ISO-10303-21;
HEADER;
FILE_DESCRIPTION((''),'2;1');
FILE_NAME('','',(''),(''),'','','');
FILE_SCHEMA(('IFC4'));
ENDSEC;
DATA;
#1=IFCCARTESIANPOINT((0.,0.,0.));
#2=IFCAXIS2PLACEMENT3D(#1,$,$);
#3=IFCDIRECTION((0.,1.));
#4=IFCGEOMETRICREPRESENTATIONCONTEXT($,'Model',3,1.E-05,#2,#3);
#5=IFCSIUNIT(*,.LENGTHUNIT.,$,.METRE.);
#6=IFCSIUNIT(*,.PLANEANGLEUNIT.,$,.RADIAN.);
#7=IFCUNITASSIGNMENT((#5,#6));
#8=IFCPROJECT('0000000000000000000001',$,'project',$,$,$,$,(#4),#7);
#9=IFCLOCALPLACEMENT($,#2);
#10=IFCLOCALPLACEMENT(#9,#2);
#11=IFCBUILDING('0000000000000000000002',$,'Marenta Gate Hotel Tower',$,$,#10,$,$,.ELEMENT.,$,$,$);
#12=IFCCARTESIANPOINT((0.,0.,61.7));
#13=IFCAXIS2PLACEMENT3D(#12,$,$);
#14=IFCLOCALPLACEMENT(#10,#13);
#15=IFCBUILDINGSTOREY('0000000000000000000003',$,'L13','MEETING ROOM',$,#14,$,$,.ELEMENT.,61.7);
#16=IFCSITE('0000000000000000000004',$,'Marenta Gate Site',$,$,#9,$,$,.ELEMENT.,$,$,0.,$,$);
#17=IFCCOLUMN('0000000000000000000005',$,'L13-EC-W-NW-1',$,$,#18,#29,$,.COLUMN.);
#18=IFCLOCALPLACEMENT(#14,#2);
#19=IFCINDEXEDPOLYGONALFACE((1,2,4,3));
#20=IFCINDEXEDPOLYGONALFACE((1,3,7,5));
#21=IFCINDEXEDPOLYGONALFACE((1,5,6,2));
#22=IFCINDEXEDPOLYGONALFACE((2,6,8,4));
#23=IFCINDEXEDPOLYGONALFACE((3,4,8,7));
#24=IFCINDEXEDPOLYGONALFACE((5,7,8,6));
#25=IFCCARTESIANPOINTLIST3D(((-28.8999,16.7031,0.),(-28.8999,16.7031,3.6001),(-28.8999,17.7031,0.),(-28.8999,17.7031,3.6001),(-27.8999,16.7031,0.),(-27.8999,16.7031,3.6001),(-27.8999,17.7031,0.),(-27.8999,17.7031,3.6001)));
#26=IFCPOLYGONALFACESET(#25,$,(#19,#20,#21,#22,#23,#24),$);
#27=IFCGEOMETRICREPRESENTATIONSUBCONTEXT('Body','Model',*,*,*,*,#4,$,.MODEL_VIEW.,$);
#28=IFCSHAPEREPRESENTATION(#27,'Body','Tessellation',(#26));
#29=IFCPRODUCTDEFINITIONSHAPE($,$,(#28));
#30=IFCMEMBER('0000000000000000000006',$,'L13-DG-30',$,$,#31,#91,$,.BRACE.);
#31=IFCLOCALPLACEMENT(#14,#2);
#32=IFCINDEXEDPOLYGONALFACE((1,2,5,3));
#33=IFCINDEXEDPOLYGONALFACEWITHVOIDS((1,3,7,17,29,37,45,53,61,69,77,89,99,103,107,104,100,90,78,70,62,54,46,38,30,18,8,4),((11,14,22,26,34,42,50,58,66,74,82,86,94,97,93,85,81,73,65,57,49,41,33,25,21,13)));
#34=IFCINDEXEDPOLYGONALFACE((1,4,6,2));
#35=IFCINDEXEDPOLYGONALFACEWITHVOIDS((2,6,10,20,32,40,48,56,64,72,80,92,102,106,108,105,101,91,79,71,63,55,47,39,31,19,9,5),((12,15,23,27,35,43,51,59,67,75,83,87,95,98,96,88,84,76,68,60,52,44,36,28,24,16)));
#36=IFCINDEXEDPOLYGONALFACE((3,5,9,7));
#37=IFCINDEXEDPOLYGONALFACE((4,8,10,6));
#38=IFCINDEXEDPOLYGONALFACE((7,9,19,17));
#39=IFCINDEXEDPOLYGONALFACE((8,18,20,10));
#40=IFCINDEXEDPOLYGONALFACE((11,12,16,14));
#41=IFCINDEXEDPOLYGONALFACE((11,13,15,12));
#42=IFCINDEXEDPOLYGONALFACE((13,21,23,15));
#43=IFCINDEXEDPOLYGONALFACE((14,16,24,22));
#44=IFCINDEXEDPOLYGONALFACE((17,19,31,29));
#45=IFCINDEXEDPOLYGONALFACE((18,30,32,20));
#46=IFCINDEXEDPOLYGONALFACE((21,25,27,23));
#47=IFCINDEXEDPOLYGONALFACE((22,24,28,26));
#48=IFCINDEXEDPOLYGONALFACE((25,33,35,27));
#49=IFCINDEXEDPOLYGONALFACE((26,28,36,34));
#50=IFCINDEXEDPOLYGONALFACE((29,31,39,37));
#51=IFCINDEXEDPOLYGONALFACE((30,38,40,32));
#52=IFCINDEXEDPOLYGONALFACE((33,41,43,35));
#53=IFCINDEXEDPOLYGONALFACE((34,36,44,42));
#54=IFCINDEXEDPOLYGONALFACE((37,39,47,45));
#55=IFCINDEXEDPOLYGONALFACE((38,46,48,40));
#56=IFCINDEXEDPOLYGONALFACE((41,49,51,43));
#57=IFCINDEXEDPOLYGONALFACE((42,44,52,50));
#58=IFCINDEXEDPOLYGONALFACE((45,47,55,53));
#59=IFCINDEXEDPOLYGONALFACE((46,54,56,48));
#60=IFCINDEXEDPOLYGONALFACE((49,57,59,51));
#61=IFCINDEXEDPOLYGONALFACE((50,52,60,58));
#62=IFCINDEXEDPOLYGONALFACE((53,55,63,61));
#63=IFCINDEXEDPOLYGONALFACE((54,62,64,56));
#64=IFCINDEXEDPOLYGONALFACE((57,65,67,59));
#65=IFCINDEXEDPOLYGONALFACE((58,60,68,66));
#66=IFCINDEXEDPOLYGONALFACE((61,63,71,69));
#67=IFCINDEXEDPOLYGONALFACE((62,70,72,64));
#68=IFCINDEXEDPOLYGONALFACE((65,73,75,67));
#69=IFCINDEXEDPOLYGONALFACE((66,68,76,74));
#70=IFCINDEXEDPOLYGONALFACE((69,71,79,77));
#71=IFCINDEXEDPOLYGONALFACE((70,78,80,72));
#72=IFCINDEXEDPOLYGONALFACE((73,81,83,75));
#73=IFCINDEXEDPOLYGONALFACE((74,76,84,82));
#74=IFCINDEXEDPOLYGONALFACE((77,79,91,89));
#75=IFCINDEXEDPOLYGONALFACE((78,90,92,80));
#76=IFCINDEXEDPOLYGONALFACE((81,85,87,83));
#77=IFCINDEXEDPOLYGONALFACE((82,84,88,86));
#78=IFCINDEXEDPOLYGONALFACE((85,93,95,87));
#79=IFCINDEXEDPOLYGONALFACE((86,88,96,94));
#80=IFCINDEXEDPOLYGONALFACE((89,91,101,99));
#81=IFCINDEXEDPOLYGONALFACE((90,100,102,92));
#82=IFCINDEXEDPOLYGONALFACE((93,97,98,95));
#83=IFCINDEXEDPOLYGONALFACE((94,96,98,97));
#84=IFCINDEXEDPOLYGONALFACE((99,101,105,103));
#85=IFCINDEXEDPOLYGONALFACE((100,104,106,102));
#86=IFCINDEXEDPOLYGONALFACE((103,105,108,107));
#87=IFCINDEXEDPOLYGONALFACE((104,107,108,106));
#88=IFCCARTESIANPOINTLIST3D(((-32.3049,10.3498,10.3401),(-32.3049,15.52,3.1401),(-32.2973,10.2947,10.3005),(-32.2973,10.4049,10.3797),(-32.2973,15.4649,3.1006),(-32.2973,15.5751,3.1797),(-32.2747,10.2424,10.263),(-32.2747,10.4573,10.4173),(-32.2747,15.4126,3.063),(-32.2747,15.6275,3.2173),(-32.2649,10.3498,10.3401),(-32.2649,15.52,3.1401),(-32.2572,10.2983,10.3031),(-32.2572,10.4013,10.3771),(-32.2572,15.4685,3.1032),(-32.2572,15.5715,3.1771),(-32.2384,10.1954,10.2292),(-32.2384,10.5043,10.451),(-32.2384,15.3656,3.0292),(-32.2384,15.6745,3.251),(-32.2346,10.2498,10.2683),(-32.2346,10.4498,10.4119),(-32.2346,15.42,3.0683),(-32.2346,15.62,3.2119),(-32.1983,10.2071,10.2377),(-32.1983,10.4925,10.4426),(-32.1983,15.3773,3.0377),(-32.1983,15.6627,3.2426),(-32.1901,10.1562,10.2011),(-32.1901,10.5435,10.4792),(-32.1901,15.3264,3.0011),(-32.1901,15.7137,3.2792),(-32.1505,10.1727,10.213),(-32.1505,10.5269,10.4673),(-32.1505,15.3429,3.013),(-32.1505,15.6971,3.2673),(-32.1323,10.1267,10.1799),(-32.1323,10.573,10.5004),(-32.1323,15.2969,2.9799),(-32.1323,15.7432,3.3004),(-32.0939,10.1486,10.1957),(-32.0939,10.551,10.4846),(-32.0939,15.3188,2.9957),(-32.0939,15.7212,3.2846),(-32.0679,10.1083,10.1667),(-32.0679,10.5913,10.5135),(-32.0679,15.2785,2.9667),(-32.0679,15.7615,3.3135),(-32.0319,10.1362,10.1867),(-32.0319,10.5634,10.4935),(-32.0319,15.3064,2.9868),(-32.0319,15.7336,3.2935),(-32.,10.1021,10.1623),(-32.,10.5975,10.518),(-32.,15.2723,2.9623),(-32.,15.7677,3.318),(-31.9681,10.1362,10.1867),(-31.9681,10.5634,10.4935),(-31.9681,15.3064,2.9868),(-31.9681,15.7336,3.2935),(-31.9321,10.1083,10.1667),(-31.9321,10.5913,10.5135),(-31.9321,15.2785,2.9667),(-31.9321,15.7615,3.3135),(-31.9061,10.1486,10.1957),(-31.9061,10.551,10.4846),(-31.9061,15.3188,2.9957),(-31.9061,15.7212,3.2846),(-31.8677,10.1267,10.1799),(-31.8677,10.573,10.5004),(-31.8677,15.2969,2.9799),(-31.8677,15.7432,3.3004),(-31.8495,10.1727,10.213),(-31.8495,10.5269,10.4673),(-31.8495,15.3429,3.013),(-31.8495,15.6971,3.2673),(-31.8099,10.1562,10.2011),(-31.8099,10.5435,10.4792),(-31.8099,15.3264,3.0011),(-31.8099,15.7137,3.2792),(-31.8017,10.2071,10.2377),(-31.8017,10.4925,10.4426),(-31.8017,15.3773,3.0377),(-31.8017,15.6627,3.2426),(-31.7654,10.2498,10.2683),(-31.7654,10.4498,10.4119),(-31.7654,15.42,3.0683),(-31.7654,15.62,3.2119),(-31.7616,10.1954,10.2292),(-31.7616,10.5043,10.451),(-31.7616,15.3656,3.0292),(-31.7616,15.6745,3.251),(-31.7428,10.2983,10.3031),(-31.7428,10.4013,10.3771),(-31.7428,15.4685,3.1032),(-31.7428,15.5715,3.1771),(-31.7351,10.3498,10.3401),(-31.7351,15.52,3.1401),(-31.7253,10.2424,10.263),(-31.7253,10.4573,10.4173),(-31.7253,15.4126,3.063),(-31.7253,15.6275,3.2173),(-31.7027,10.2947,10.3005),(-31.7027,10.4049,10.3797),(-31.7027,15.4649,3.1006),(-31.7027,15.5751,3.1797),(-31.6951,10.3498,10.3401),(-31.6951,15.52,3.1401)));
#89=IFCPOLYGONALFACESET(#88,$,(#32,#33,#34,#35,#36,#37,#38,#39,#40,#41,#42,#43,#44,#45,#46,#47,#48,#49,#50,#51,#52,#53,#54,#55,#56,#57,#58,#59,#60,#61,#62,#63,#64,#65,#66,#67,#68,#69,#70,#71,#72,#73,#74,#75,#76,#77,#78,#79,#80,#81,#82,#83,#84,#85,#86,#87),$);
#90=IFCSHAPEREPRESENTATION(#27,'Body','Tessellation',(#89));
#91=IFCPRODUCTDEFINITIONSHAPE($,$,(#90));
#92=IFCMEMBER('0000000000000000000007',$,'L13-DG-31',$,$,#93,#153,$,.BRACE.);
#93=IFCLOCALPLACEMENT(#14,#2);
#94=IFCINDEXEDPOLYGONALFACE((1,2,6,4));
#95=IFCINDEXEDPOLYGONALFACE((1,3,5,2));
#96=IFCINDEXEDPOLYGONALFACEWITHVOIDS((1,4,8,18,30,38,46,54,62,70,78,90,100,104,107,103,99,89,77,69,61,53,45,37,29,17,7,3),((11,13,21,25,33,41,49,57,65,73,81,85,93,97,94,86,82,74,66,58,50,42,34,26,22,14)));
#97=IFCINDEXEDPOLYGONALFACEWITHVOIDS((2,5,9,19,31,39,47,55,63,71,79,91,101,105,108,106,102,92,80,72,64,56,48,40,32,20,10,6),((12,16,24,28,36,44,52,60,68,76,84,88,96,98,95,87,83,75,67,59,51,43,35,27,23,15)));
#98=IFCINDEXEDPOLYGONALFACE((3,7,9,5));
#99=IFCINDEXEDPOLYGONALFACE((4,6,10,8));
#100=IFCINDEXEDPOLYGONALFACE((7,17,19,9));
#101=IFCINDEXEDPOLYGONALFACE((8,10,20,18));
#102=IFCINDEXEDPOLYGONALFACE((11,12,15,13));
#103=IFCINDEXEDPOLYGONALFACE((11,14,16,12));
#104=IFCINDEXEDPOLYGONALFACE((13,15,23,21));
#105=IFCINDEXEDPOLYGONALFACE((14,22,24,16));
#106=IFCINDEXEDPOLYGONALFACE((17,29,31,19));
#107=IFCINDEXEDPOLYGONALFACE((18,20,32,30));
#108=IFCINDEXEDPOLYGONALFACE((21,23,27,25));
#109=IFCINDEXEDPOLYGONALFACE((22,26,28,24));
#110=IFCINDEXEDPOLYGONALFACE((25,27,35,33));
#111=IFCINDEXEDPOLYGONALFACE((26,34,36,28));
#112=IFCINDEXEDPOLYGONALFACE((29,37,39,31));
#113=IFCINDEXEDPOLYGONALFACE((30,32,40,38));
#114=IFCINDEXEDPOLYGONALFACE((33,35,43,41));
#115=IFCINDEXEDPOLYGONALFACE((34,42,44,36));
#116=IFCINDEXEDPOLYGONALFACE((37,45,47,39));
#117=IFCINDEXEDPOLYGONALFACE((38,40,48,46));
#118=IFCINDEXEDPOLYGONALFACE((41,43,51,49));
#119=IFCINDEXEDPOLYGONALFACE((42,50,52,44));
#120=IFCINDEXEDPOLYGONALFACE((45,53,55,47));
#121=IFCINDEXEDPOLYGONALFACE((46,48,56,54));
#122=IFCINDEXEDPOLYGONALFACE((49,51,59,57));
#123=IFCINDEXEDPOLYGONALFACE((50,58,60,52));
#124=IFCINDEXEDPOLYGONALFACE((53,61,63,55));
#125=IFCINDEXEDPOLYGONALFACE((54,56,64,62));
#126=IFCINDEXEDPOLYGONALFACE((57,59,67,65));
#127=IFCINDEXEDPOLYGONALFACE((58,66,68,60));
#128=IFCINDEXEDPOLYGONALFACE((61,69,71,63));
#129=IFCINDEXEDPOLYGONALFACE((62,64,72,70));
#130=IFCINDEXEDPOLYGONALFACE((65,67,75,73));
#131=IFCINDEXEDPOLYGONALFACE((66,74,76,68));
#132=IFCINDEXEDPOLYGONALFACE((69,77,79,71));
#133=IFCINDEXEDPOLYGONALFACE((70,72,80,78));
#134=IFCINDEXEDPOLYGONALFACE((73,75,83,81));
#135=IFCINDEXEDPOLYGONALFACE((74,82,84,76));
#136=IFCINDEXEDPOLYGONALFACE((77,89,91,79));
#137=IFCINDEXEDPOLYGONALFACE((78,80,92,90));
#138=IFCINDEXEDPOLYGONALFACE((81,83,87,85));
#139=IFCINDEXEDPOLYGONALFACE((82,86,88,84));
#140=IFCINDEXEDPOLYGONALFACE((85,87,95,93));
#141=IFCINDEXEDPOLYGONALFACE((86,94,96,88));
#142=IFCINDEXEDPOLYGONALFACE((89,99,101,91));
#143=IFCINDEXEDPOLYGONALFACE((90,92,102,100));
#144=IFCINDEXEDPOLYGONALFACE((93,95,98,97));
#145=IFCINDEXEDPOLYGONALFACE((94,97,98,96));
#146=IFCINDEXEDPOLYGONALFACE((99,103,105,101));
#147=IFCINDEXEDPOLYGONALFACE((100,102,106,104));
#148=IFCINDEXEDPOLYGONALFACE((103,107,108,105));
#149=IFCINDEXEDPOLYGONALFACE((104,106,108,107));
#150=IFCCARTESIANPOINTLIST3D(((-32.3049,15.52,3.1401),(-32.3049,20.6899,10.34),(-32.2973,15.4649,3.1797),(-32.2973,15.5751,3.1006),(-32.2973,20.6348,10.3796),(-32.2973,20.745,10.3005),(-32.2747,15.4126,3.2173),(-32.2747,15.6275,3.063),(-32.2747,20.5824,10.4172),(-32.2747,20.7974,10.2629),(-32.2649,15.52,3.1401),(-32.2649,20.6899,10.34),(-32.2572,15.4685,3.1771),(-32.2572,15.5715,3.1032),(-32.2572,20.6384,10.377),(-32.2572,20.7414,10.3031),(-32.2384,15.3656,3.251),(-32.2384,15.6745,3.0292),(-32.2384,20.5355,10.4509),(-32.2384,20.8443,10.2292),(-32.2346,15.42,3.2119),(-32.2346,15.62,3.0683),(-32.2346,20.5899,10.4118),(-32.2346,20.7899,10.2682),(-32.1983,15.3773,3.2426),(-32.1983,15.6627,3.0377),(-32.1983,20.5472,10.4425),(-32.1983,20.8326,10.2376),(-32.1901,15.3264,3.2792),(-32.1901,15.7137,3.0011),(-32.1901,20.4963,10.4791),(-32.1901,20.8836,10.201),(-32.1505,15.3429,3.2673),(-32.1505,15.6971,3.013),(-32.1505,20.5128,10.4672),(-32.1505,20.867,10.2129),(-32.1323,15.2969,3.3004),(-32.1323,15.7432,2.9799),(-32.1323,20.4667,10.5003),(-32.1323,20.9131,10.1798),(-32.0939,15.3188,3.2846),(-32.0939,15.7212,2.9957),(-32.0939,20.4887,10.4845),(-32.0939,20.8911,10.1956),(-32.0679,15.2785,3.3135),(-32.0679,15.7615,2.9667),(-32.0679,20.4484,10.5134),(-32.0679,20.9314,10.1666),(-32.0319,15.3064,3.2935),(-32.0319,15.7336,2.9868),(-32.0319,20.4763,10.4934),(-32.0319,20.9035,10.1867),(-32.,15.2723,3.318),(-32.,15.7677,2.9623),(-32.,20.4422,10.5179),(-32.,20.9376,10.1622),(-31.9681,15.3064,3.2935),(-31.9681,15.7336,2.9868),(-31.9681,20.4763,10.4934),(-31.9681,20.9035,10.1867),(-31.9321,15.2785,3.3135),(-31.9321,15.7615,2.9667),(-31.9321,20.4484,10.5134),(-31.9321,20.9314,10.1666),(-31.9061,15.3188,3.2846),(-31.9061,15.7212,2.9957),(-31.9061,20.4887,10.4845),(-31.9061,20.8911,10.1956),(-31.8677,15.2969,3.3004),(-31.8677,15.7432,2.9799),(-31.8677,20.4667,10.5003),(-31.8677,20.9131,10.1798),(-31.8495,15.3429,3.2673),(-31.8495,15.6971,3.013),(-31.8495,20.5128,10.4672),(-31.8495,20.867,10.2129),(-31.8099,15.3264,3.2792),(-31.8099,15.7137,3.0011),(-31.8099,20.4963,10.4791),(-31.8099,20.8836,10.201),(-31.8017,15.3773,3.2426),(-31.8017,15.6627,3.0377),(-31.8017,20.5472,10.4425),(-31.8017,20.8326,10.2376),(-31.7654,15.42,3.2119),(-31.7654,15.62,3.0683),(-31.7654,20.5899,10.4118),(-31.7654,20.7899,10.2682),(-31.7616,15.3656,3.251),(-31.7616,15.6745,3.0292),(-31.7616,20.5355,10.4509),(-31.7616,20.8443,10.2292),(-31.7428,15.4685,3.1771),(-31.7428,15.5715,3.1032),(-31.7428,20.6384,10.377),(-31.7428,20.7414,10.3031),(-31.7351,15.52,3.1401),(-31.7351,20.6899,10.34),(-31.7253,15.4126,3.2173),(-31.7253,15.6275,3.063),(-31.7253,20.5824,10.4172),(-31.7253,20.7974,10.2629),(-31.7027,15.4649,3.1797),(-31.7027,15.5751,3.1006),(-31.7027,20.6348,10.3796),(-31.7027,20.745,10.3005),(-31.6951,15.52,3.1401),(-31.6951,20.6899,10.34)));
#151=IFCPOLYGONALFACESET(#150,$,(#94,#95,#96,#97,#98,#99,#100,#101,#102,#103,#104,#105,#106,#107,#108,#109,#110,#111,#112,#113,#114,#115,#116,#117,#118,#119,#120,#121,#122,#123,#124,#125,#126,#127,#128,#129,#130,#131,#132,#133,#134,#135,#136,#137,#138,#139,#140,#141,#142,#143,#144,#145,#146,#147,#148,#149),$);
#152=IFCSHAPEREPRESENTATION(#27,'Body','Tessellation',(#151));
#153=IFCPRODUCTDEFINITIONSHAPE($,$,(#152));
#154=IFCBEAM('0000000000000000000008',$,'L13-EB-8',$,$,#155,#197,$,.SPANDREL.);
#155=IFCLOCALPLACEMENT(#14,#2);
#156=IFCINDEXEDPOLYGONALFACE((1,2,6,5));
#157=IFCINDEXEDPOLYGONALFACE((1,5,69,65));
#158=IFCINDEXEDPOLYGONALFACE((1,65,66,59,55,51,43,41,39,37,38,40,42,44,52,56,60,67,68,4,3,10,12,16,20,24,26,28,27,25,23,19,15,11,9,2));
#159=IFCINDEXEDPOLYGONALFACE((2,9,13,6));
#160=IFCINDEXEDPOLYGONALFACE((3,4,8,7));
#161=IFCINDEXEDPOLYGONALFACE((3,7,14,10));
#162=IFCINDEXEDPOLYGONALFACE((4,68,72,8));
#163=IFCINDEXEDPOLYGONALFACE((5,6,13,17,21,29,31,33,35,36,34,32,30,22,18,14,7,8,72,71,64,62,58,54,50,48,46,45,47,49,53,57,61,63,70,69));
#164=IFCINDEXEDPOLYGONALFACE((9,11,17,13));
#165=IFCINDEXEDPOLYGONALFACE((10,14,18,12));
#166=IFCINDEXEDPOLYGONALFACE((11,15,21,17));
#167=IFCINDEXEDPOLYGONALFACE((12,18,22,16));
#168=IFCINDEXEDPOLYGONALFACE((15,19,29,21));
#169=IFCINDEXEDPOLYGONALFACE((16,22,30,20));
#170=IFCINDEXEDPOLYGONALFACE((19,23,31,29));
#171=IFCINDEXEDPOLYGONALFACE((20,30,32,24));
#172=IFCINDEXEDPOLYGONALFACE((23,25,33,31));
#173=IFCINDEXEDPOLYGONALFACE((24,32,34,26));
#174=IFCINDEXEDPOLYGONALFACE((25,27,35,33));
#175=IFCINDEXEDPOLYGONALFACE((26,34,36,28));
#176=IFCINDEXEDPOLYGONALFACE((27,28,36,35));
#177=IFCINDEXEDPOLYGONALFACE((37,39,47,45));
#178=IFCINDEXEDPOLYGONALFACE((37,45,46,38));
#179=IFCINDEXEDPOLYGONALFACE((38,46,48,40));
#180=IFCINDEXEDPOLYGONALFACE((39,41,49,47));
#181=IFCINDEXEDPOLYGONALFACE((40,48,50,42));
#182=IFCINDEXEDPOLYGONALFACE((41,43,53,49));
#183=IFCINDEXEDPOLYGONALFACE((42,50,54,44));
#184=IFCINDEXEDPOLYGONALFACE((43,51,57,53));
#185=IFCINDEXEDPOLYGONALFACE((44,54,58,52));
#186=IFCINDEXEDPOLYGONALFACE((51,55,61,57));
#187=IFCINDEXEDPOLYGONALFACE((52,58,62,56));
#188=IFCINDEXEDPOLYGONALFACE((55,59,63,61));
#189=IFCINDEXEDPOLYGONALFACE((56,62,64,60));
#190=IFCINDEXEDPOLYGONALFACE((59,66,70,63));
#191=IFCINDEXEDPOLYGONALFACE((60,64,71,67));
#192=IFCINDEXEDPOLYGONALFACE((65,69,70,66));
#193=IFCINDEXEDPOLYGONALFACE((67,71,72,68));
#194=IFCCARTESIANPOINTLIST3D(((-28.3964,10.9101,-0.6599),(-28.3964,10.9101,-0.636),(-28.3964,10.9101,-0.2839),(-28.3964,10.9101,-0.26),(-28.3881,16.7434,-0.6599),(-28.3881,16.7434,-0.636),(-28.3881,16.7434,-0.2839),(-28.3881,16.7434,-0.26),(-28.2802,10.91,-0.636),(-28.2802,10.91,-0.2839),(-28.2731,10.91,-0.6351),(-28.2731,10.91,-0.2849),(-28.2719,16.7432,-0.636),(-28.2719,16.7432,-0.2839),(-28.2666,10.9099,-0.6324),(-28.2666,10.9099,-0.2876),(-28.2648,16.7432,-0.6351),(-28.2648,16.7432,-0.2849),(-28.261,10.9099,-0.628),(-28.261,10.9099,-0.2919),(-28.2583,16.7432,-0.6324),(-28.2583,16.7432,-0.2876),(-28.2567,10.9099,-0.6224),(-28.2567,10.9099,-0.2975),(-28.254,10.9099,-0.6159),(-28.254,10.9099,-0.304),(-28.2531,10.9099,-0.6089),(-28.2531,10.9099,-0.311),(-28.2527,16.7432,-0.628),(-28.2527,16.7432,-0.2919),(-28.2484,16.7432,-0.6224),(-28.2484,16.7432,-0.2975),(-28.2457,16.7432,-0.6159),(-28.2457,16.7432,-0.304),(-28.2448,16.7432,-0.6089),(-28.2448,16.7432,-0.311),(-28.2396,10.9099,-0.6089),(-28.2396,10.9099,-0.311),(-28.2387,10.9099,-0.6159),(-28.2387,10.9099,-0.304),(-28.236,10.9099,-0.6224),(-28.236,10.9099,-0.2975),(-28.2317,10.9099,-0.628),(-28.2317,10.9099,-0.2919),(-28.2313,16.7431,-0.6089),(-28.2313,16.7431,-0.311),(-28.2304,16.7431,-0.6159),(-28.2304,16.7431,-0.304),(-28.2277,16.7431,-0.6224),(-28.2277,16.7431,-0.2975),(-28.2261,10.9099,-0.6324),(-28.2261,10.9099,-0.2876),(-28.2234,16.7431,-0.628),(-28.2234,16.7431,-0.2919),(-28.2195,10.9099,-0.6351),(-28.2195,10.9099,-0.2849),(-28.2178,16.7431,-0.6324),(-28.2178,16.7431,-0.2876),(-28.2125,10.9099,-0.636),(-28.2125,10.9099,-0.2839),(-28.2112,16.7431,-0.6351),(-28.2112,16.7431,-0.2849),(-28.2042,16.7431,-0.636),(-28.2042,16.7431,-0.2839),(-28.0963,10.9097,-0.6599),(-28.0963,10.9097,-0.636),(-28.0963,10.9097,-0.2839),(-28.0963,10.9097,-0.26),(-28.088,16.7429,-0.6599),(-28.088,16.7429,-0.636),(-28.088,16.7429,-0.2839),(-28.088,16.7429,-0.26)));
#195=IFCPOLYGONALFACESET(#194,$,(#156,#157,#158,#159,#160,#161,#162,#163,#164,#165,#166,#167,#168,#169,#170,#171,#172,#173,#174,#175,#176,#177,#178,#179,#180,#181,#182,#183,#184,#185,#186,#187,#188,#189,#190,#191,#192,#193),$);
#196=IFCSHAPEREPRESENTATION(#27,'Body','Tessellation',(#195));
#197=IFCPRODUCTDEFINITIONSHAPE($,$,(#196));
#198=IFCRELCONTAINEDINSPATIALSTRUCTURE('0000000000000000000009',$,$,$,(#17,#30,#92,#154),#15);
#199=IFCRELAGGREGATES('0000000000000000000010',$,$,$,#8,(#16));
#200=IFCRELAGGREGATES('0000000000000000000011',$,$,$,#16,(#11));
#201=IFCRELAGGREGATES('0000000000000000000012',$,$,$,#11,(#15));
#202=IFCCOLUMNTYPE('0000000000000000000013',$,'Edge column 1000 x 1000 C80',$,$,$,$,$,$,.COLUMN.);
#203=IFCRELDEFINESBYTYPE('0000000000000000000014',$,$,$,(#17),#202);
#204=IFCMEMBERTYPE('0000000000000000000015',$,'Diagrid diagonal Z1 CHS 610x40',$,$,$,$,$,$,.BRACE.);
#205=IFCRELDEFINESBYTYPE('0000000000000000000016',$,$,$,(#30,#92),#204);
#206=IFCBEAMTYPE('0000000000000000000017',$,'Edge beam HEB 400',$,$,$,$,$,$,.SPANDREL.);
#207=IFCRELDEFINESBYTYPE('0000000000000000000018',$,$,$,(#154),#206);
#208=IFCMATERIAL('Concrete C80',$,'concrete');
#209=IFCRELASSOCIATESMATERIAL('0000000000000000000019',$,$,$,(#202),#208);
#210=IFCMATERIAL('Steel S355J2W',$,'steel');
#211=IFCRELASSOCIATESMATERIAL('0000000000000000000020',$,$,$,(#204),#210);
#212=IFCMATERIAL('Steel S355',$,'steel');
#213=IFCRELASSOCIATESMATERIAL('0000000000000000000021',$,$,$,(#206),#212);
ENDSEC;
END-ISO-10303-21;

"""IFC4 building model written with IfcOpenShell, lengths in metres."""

from ifc_helpers import new_model, si_unit, direction, frame, origin, origin_2d, place, context, subcontext, project, spatial, rectangle, hollow_circle, i_section, extrude, material, material_profile, profile_set, type_object, element, save


model = new_model("IFC4")

# Units and contexts
model_context = context("Model", 3, precision=1e-05, world=origin(), true_north=direction((0.0, 1.0)))
body_context = subcontext(model_context, "Body", "Model", "MODEL_VIEW")
ifc_project = project(units=[si_unit("LENGTHUNIT", "METRE"), si_unit("PLANEANGLEUNIT", "RADIAN")], contexts=[model_context])

# Site, building, storey
site_placement = place(None, origin())
site = spatial("IfcSite", under=ifc_project, at=site_placement, Name="Marenta Gate Site", CompositionType="ELEMENT", RefElevation=0.0)
building_placement = place(site_placement, origin())
building = spatial("IfcBuilding", under=site, at=building_placement, Name="Marenta Gate Hotel Tower", CompositionType="ELEMENT")
storey_placement = place(building_placement, frame((0.0, 0.0, 61.7)))
storey = spatial("IfcBuildingStorey", under=building, at=storey_placement, Name="L13", Description="MEETING ROOM", CompositionType="ELEMENT", Elevation=61.7)

# Column
ifc_material_1 = material(Name="Concrete C80", Category="concrete")
ifc_material_profile_1 = material_profile(ifc_material_1, rectangle(XDim=1.0, YDim=1.0, at=origin_2d()), Name="1000 x 1000")
ifc_profile_set_1 = profile_set([ifc_material_profile_1], Name="Concrete C80")
column_type = type_object("IfcColumnType", Name="Edge column 1000 x 1000 C80", PredefinedType="COLUMN", material=ifc_profile_set_1)
column_placement = place(storey_placement, frame((-28.3999, 17.2031, 0.0), z_axis=(0.0, 0.0, 1.0), x_axis=(1.0, 0.0, 0.0)))
element("IfcColumn", 1, at=column_placement, inside=storey, type_object=column_type, Name="L13-EC-W-NW-1", PredefinedType="COLUMN", context=body_context, shape_type="SweptSolid", body=[
    extrude(rectangle(XDim=1.0, YDim=1.0, at=origin_2d()), origin(), (0.0, 0.0, 1.0), 3.6001),
])

# Members
ifc_material_2 = material(Name="Steel S355J2W", Category="steel")
ifc_material_profile_2 = material_profile(ifc_material_2, hollow_circle(Radius=0.3049, WallThickness=0.04, at=origin_2d()), Name="CHS 610x40")
ifc_profile_set_2 = profile_set([ifc_material_profile_2], Name="Steel S355J2W")
member_type_1 = type_object("IfcMemberType", Name="Diagrid diagonal Z1 CHS 610x40", PredefinedType="BRACE", material=ifc_profile_set_2)
member_1_placement = place(storey_placement, frame((-32.0, 15.52, 3.1401), z_axis=(0.0, -0.583279, 0.812272), x_axis=(1.0, 0.0, 0.0)))
element("IfcMember", 2, at=member_1_placement, inside=storey, type_object=member_type_1, Name="L13-DG-30", PredefinedType="BRACE", context=body_context, shape_type="SweptSolid", body=[
    extrude(hollow_circle(Radius=0.3049, WallThickness=0.04, at=origin_2d()), origin(), (0.0, 0.0, 1.0), 8.864),
])
member_2_placement = place(storey_placement, frame((-32.0, 15.52, 3.1401), z_axis=(0.0, 0.583261, 0.812285), x_axis=(-1.0, 0.0, 0.0)))
element("IfcMember", 3, at=member_2_placement, inside=storey, type_object=member_type_1, Name="L13-DG-31", PredefinedType="BRACE", context=body_context, shape_type="SweptSolid", body=[
    extrude(hollow_circle(Radius=0.3049, WallThickness=0.04, at=origin_2d()), origin(), (0.0, 0.0, 1.0), 8.8638),
])

# Beam
ifc_material_3 = material(Name="Steel S355", Category="steel")
ifc_material_profile_3 = material_profile(ifc_material_3, i_section(OverallWidth=0.3, OverallDepth=0.3999, WebThickness=0.0134, FlangeThickness=0.0239, FilletRadius=0.0271, at=origin_2d()), Name="HEB 400")
ifc_profile_set_3 = profile_set([ifc_material_profile_3], Name="Steel S355")
beam_type_1 = type_object("IfcBeamType", Name="Edge beam HEB 400", PredefinedType="SPANDREL", material=ifc_profile_set_3)
beam_1_placement = place(storey_placement, frame((-28.2463, 10.9099, -0.46), z_axis=(0.001423, 0.999999, 0.0), x_axis=(-0.999999, 0.001423, 0.0)))
element("IfcBeam", 4, at=beam_1_placement, inside=storey, type_object=beam_type_1, Name="L13-EB-8", PredefinedType="SPANDREL", context=body_context, shape_type="SweptSolid", body=[
    extrude(i_section(OverallWidth=0.3, OverallDepth=0.3999, WebThickness=0.0134, FlangeThickness=0.0239, FilletRadius=0.0271, at=origin_2d()), origin(), (0.0, 0.0, 1.0), 5.8333),
])

save(model, "model.ifc")
